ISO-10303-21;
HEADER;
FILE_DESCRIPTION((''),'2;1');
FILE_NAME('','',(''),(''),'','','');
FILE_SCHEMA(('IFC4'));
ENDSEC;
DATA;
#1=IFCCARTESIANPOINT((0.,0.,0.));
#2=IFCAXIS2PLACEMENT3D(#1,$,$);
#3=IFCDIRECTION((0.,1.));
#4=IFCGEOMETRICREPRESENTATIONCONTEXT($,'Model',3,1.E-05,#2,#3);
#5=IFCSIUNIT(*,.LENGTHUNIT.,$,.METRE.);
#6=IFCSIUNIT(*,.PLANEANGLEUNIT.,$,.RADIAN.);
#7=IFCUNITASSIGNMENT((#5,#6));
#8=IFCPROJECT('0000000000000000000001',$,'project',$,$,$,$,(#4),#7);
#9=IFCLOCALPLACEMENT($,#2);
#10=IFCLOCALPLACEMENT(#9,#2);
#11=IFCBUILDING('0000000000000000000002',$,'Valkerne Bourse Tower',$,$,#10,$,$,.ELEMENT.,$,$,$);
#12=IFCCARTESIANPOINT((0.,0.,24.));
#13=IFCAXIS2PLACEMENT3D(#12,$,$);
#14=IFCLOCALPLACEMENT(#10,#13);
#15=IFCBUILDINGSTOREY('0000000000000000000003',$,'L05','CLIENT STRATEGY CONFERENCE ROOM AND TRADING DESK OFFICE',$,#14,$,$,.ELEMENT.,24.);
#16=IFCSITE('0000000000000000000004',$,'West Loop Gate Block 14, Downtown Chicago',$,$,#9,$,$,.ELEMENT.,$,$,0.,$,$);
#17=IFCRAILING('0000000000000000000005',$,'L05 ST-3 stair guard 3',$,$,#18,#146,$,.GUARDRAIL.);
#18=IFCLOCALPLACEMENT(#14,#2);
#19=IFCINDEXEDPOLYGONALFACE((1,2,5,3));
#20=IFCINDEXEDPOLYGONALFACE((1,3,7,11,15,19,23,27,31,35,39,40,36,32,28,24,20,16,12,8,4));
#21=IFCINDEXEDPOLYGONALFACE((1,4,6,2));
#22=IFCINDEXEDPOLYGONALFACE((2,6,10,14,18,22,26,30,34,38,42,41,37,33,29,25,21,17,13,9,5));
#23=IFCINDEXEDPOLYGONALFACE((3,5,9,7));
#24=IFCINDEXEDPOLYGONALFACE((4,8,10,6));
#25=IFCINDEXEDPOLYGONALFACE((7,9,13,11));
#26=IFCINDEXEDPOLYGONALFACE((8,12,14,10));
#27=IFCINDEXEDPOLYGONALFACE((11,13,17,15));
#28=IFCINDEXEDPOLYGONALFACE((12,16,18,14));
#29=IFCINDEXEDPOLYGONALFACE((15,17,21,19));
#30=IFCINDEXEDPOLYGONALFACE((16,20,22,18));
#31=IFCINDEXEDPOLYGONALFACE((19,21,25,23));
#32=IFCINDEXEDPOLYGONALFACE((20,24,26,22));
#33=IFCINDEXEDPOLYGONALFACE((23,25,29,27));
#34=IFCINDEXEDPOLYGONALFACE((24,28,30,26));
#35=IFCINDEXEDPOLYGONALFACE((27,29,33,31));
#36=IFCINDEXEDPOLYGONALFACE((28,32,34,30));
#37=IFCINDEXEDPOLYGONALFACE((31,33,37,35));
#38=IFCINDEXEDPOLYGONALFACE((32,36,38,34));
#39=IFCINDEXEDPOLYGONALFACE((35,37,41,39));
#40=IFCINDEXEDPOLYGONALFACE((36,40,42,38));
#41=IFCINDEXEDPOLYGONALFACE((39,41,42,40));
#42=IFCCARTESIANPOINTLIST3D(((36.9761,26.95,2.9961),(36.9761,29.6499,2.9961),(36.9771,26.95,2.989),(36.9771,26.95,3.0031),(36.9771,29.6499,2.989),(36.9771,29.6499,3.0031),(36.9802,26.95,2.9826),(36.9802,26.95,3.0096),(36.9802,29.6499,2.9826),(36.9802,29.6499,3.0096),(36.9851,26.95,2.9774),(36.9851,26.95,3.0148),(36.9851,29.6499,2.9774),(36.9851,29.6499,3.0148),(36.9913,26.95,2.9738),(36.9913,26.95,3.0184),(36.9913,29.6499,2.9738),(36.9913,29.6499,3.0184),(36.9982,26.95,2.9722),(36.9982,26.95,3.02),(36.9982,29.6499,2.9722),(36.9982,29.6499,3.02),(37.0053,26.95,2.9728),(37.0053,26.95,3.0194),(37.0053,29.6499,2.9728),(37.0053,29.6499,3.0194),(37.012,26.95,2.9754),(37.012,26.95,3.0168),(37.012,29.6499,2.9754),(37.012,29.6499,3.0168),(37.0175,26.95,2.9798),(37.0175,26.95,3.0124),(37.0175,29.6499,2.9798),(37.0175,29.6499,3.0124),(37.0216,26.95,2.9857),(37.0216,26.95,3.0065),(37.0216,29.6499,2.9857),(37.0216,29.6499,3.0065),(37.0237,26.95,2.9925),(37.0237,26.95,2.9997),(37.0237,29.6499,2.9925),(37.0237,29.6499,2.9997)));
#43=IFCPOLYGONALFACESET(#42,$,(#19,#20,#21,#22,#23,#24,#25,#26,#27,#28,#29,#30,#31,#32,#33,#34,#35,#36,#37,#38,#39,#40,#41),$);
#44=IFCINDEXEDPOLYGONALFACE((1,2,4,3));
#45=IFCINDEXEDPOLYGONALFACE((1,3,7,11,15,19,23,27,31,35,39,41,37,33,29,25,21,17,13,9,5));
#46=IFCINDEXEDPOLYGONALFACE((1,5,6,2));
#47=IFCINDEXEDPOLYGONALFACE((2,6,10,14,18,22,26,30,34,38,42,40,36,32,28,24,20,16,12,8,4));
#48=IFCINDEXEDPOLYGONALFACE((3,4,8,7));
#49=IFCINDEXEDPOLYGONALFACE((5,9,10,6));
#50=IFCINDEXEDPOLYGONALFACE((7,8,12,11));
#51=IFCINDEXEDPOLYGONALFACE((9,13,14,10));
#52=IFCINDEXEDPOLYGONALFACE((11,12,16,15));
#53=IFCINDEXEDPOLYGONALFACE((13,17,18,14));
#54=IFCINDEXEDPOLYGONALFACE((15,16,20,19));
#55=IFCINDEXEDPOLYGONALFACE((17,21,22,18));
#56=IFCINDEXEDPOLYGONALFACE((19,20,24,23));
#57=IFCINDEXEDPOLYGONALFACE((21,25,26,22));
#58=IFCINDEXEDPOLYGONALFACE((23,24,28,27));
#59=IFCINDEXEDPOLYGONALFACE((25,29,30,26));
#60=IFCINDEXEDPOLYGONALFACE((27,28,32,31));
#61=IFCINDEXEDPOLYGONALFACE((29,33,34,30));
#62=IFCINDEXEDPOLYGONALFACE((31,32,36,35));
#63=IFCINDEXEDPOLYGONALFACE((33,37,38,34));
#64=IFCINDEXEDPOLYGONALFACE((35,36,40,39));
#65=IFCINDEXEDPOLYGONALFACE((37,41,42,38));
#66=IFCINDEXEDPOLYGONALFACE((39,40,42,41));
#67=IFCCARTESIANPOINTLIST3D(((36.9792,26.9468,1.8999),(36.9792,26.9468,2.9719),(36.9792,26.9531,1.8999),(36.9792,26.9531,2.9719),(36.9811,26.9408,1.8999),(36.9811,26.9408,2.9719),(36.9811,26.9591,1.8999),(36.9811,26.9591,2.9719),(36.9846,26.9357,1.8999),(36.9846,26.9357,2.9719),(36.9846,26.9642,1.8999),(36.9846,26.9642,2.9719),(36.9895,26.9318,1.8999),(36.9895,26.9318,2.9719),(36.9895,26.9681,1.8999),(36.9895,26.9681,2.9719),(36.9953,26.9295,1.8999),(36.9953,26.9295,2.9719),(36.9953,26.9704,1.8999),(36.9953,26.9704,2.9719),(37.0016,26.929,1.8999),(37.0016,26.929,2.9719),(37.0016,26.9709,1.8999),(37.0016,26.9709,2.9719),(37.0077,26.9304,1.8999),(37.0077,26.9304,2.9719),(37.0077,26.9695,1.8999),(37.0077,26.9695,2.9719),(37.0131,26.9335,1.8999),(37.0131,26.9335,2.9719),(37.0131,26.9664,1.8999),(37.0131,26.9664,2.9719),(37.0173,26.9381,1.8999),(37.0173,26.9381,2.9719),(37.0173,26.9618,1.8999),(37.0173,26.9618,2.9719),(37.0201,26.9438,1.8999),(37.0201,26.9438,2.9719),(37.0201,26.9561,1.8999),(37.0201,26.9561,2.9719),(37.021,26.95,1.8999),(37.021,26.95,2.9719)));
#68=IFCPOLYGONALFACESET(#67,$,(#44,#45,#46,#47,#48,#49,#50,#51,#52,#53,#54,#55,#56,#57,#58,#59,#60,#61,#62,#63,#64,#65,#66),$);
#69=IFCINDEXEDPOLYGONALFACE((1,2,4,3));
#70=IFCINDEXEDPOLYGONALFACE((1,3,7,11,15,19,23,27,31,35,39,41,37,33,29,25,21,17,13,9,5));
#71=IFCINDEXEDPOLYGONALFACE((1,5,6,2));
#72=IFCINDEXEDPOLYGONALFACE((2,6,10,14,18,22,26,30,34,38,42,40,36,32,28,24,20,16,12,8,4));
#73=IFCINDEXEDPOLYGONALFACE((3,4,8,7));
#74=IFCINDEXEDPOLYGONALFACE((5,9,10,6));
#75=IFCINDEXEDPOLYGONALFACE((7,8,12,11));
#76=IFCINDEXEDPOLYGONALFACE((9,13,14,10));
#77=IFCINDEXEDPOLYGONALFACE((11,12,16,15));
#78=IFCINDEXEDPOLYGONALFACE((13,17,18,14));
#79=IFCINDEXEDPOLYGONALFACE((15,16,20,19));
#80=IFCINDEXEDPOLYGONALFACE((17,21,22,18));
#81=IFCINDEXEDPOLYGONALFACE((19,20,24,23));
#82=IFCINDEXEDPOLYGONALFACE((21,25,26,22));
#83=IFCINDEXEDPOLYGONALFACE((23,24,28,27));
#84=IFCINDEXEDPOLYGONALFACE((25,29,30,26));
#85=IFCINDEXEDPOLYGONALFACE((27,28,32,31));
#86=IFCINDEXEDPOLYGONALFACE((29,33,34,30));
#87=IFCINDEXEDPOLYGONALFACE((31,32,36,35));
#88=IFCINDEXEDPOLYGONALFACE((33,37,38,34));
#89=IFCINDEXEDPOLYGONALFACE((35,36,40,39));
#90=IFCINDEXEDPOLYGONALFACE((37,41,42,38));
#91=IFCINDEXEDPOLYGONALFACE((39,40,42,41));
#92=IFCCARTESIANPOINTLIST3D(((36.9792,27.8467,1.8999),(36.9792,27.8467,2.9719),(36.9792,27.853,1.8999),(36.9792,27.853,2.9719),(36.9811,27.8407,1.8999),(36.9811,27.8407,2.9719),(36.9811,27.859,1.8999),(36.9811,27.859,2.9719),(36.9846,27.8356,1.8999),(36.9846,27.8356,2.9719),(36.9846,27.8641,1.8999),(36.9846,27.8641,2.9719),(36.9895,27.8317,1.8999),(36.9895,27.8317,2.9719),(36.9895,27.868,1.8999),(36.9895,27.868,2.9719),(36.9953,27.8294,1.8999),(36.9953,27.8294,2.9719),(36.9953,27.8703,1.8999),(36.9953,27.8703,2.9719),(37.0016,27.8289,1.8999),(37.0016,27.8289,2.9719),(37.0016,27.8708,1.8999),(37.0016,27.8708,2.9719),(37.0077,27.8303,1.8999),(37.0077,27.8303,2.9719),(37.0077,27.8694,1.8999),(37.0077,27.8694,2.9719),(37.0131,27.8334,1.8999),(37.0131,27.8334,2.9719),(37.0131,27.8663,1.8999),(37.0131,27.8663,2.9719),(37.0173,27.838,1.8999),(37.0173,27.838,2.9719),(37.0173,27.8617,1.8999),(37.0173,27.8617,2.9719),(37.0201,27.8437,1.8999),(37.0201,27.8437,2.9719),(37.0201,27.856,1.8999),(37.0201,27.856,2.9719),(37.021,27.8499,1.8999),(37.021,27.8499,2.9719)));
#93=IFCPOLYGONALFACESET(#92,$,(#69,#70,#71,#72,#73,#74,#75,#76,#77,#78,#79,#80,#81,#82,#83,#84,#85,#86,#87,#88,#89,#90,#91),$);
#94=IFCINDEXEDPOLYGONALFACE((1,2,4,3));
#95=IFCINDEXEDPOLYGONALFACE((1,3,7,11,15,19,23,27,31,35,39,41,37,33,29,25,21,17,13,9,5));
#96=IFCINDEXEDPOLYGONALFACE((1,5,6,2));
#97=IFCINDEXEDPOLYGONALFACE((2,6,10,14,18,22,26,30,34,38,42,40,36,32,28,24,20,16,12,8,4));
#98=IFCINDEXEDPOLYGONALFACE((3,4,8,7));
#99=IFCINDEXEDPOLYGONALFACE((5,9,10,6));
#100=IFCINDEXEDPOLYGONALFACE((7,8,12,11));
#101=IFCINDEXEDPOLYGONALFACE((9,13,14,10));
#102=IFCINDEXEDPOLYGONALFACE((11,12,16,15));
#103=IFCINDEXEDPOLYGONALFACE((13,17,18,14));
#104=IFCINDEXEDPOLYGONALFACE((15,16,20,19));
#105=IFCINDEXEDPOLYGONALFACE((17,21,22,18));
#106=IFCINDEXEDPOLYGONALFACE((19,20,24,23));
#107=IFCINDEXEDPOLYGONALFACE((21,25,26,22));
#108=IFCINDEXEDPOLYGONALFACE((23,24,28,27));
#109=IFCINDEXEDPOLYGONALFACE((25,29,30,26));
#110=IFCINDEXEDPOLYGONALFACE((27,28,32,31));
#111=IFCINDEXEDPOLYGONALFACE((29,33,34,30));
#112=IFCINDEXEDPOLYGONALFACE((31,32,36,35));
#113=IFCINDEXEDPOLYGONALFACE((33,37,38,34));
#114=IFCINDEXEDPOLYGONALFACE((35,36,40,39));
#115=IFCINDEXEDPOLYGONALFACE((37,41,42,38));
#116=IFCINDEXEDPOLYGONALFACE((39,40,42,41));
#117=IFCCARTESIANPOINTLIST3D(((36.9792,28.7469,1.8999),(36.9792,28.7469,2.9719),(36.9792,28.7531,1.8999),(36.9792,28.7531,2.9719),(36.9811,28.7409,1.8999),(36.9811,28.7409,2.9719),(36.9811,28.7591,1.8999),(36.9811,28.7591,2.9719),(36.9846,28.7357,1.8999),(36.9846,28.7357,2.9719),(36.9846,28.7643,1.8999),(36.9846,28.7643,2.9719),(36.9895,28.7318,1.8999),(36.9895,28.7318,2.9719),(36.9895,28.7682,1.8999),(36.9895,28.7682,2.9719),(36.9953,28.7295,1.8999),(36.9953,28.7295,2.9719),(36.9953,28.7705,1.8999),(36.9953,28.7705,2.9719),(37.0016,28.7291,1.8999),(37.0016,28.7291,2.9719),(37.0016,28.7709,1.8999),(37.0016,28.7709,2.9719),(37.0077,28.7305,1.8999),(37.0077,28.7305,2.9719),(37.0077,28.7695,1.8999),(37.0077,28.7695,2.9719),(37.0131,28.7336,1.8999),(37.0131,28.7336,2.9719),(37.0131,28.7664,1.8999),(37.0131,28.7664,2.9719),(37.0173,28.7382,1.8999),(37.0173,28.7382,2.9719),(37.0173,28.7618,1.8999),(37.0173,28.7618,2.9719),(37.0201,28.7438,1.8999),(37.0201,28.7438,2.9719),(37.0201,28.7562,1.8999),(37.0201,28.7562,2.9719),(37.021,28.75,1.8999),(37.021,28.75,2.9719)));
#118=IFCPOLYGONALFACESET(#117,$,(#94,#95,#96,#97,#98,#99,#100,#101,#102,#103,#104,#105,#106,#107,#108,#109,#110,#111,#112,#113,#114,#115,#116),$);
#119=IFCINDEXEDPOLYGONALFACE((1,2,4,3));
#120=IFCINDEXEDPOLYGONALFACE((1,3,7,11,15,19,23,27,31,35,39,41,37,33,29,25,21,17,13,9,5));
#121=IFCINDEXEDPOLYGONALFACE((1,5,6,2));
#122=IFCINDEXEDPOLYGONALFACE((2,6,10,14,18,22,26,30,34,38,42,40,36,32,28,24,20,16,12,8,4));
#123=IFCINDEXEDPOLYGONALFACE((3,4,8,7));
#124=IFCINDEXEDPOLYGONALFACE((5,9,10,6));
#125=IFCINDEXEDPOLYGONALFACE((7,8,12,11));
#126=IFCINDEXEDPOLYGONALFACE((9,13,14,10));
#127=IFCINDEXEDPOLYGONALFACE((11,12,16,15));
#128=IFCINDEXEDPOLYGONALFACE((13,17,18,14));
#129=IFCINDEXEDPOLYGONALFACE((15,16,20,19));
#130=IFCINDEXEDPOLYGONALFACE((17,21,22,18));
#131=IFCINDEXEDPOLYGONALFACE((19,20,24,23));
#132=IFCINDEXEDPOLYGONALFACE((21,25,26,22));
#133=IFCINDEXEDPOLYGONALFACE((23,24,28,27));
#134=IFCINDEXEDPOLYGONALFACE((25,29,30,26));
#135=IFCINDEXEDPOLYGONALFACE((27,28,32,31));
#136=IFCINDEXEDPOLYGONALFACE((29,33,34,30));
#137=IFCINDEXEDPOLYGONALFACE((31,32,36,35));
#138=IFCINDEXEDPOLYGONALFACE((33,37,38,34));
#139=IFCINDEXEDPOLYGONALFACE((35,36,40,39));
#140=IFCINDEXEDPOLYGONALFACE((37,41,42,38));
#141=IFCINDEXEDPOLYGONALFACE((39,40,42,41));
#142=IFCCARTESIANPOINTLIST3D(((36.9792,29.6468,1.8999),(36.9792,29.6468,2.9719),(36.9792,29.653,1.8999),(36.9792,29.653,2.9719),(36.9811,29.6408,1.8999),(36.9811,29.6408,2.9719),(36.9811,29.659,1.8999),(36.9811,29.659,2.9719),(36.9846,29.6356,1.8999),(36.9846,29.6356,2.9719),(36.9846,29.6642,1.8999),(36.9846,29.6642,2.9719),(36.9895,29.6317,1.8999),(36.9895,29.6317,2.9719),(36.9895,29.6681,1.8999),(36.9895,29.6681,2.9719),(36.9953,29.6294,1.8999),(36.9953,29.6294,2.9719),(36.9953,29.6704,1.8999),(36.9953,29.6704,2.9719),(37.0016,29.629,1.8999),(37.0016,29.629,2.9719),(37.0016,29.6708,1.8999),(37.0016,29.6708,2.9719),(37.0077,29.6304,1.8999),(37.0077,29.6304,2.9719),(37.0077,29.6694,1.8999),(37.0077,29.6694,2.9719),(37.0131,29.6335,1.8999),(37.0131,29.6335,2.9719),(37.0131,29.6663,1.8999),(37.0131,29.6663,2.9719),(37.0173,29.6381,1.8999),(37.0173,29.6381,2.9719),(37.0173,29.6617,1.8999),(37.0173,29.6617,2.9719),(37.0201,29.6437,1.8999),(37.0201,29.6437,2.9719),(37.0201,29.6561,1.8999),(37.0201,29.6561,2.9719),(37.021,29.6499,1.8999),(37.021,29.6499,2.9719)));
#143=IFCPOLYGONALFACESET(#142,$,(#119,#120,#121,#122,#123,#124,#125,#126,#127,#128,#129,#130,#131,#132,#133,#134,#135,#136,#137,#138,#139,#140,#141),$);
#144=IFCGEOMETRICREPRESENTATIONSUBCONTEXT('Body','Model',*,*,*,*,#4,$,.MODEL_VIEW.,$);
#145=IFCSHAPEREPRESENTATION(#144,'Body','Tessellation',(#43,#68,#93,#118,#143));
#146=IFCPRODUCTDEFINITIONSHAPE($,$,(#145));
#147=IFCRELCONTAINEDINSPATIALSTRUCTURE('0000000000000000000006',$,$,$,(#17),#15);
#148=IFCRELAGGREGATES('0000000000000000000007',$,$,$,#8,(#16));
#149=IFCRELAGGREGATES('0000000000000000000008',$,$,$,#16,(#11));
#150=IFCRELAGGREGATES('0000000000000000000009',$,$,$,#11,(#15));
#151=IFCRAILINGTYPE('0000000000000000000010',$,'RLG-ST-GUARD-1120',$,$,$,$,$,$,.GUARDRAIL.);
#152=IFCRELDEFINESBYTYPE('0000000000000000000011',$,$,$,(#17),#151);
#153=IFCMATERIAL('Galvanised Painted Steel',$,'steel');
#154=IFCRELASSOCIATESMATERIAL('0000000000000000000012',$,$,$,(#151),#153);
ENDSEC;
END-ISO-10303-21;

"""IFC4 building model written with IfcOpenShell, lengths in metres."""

from ifc_helpers import new_model, si_unit, direction, frame, origin, origin_2d, place, context, subcontext, project, spatial, circle, extrude, material, type_object, element, save


model = new_model("IFC4")

# Units and contexts
model_context = context("Model", 3, precision=1e-05, world=origin(), true_north=direction((0.0, 1.0)))
body_context = subcontext(model_context, "Body", "Model", "MODEL_VIEW")
ifc_project = project(units=[si_unit("LENGTHUNIT", "METRE"), si_unit("PLANEANGLEUNIT", "RADIAN")], contexts=[model_context])

# Site, building, storey
site_placement = place(None, origin())
site = spatial("IfcSite", under=ifc_project, at=site_placement, Name="West Loop Gate Block 14, Downtown Chicago", CompositionType="ELEMENT", RefElevation=0.0)
building_placement = place(site_placement, origin())
building = spatial("IfcBuilding", under=site, at=building_placement, Name="Valkerne Bourse Tower", CompositionType="ELEMENT")
storey_placement = place(building_placement, frame((0.0, 0.0, 24.0)))
storey = spatial("IfcBuildingStorey", under=building, at=storey_placement, Name="L05", Description="CLIENT STRATEGY CONFERENCE ROOM AND TRADING DESK OFFICE", CompositionType="ELEMENT", Elevation=24.0)

# Shared definitions
ifc_material_1 = material(Name="Galvanised Painted Steel", Category="steel")

# Railing
railing_type = type_object("IfcRailingType", Name="RLG-ST-GUARD-1120", PredefinedType="GUARDRAIL", material=ifc_material_1)
railing_1_placement = place(storey_placement, frame((37.0, 26.95, 1.8999)))
element("IfcRailing", 1, at=railing_1_placement, inside=storey, type_object=railing_type, Name="L05 ST-3 stair guard 3", PredefinedType="GUARDRAIL", context=body_context, shape_type="SweptSolid", body=[
    extrude(circle(Radius=0.0239, at=origin_2d()), frame((0.0, 0.0, 1.0962), z_axis=(0.0, 1.0, 0.0), x_axis=(-1.0, 0.0, 0.0)), (0.0, 0.0, 1.0), 2.7),
    extrude(circle(Radius=0.021, at=origin_2d()), origin(), (0.0, 0.0, 1.0), 1.072),
    extrude(circle(Radius=0.021, at=origin_2d()), frame((0.0, 0.8999, 0.0)), (0.0, 0.0, 1.0), 1.072),
    extrude(circle(Radius=0.021, at=origin_2d()), frame((0.0, 1.8, 0.0)), (0.0, 0.0, 1.0), 1.072),
    extrude(circle(Radius=0.021, at=origin_2d()), frame((0.0, 2.7, 0.0)), (0.0, 0.0, 1.0), 1.072),
])

save(model, "model.ifc")
